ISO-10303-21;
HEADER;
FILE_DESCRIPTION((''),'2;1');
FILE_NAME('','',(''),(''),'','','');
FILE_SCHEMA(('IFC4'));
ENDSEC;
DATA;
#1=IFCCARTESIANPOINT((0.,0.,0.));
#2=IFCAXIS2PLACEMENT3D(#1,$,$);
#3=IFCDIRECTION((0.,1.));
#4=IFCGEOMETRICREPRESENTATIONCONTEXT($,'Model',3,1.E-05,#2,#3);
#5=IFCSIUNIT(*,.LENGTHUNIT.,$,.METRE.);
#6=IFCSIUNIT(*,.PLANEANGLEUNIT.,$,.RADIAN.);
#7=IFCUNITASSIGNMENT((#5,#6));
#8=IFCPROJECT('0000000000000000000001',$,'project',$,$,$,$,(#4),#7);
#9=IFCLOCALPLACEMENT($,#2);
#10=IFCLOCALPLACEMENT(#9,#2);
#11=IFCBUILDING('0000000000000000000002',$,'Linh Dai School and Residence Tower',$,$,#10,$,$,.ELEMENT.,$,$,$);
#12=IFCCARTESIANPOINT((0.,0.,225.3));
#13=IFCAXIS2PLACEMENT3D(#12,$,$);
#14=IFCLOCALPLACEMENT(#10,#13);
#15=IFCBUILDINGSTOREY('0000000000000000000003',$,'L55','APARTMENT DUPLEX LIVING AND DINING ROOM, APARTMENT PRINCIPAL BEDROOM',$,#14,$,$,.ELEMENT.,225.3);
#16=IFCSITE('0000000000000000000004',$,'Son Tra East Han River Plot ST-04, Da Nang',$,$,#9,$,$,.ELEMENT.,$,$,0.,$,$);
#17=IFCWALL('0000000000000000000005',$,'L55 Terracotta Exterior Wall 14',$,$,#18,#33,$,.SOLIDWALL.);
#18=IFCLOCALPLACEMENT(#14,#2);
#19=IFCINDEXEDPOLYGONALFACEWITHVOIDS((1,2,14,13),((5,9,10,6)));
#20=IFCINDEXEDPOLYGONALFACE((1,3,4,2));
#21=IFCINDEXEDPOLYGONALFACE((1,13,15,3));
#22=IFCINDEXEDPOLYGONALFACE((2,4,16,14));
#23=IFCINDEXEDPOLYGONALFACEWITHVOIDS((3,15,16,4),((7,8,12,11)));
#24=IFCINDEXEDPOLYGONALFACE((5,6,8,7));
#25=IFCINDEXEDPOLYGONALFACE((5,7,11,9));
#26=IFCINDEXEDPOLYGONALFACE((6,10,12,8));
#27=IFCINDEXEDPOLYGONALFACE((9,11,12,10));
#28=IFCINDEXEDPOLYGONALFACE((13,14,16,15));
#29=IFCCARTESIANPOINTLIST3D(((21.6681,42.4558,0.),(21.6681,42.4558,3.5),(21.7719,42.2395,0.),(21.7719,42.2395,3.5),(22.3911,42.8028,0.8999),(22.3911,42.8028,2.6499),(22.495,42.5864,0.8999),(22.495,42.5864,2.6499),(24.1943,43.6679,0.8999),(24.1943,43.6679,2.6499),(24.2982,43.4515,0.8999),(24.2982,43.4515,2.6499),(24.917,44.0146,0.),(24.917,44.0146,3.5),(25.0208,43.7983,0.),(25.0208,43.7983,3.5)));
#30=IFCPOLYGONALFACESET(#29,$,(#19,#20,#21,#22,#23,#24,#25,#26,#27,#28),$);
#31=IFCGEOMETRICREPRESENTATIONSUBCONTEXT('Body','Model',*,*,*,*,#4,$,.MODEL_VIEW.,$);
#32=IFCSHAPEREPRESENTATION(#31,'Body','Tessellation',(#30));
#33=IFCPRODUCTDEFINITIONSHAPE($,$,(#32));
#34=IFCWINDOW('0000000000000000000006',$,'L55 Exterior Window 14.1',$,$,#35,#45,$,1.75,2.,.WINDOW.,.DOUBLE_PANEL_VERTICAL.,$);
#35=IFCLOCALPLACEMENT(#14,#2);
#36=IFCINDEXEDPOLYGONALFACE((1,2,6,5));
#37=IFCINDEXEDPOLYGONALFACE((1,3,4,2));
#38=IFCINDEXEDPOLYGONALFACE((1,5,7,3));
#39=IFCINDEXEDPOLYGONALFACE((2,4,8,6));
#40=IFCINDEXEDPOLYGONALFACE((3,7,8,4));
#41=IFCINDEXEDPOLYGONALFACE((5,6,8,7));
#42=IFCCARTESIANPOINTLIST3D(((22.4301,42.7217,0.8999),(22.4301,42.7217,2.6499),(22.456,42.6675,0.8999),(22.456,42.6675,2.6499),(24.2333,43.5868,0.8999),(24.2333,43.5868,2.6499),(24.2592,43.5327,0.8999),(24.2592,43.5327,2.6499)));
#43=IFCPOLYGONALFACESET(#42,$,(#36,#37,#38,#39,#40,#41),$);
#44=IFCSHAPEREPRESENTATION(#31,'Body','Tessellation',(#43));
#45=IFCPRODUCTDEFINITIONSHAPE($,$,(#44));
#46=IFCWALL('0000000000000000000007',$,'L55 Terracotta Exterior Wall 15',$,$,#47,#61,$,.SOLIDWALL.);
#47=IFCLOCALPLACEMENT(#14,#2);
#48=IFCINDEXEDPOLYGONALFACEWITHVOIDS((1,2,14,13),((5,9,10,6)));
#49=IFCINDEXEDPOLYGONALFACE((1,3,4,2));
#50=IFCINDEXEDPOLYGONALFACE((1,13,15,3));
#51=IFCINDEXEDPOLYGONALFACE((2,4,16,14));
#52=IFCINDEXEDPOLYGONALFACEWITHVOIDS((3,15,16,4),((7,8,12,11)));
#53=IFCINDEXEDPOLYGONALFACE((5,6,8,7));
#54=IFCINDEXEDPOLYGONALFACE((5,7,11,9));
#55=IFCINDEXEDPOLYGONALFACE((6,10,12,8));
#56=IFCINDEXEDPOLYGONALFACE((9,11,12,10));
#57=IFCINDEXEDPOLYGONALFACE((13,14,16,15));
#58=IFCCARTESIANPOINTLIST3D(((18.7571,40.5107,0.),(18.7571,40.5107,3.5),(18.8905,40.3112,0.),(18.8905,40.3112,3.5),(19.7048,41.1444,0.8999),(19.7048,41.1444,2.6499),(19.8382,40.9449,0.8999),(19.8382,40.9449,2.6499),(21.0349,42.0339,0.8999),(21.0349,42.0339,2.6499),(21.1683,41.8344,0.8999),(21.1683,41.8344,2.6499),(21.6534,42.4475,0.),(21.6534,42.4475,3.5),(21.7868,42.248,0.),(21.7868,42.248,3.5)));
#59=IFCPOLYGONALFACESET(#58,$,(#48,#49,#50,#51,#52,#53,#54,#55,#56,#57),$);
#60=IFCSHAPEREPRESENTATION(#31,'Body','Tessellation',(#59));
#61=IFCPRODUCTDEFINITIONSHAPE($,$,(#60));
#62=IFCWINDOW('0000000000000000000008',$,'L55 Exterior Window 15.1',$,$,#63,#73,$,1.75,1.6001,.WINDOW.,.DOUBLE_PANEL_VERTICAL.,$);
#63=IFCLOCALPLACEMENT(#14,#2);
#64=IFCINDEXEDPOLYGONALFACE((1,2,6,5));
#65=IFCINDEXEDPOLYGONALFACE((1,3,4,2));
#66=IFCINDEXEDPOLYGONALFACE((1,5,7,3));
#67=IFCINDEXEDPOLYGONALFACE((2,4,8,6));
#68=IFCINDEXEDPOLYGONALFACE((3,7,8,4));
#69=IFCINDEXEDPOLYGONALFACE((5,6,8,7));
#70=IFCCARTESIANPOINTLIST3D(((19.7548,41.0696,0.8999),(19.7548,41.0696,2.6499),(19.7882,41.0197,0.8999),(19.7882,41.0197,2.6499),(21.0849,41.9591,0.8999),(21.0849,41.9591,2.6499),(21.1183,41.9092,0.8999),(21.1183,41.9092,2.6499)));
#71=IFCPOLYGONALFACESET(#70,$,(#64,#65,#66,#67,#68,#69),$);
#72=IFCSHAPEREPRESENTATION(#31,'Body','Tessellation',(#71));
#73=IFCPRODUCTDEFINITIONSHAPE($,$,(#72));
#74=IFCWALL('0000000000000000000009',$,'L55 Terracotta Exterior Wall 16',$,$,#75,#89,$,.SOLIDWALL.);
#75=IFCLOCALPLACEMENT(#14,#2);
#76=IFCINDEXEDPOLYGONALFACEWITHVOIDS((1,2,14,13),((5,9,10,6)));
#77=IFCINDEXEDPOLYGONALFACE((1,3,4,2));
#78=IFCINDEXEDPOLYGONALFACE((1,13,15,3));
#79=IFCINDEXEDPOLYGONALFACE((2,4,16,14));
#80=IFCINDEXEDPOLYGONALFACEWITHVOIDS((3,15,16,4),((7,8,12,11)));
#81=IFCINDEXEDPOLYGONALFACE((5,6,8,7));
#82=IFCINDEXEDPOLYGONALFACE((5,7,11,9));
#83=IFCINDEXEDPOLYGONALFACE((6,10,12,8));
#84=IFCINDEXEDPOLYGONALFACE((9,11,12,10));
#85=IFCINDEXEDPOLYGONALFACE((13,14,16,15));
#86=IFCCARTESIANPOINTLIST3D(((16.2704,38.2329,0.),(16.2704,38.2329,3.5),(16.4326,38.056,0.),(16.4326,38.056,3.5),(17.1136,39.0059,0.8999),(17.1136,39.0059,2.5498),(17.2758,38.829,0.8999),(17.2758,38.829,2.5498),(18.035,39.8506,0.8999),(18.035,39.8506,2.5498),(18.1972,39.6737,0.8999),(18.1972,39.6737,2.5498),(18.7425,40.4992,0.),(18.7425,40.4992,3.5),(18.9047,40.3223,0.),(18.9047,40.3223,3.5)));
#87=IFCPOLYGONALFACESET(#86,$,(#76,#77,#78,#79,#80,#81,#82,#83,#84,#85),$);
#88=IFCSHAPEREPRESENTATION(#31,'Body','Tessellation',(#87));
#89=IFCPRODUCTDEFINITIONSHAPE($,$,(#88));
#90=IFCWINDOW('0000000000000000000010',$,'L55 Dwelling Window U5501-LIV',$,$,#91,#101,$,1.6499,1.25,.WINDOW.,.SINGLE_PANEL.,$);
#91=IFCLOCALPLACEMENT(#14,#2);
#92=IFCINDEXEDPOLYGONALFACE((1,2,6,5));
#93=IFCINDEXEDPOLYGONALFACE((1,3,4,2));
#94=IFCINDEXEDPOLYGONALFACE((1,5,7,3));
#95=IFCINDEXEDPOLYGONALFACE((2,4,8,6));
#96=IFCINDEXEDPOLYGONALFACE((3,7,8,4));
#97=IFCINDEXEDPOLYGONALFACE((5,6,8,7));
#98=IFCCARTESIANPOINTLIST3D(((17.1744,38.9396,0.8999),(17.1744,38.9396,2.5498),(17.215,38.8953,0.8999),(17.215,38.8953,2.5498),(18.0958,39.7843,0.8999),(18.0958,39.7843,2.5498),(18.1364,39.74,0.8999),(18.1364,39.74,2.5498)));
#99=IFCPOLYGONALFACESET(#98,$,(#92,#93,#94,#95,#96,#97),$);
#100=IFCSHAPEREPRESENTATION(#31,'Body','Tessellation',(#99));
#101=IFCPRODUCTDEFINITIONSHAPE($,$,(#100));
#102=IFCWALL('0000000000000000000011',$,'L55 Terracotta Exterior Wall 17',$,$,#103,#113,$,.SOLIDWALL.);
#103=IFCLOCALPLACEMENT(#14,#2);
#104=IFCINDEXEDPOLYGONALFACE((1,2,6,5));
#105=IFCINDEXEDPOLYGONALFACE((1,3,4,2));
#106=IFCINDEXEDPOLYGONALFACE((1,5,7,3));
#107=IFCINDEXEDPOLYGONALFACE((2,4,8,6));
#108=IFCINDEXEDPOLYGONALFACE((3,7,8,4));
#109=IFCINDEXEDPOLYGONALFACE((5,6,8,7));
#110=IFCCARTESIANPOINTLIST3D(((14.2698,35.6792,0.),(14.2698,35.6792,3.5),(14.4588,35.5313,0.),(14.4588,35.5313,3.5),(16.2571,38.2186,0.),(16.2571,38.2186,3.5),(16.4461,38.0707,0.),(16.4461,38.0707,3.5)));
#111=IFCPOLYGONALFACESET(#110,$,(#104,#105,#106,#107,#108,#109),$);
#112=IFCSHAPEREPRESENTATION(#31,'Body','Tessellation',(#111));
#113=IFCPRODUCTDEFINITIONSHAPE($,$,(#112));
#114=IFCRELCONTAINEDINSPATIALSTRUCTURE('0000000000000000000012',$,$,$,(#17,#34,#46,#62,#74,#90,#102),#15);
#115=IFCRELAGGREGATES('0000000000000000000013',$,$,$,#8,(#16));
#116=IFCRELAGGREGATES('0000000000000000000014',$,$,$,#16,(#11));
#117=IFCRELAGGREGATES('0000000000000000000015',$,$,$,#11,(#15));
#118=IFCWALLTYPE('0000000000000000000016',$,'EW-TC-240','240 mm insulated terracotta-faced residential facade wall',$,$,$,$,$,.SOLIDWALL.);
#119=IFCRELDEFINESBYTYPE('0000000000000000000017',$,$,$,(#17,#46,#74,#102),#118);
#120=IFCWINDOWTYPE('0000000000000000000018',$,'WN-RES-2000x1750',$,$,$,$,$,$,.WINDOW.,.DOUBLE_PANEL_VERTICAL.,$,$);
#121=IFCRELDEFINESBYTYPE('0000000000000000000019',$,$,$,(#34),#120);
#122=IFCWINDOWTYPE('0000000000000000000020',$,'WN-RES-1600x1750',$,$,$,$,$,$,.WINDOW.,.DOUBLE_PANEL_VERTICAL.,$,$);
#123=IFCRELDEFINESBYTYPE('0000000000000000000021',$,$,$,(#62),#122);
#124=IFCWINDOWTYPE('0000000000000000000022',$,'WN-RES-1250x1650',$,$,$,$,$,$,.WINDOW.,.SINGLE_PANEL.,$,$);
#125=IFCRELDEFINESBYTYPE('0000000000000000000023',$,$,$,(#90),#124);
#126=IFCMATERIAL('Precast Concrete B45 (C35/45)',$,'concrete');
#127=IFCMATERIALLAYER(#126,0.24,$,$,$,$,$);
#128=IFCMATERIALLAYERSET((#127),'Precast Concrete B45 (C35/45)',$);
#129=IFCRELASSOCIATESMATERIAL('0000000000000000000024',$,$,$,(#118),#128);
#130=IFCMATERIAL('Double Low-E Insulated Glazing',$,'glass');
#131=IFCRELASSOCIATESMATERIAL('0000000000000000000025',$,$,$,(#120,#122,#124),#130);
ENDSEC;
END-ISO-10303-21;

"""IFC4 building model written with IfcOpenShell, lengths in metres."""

from ifc_helpers import new_model, si_unit, direction, frame, frame_2d, origin, origin_2d, place, context, subcontext, project, spatial, rectangle, extrude, source, transform, mapped, material, layer, layer_set, type_object, element, fill, save


model = new_model("IFC4")

# Units and contexts
model_context = context("Model", 3, precision=1e-05, world=origin(), true_north=direction((0.0, 1.0)))
body_context = subcontext(model_context, "Body", "Model", "MODEL_VIEW")
ifc_project = project(units=[si_unit("LENGTHUNIT", "METRE"), si_unit("PLANEANGLEUNIT", "RADIAN")], contexts=[model_context])

# Site, building, storey
site_placement = place(None, origin())
site = spatial("IfcSite", under=ifc_project, at=site_placement, Name="Son Tra East Han River Plot ST-04, Da Nang", CompositionType="ELEMENT", RefElevation=0.0)
building_placement = place(site_placement, origin())
building = spatial("IfcBuilding", under=site, at=building_placement, Name="Linh Dai School and Residence Tower", CompositionType="ELEMENT")
storey_placement = place(building_placement, frame((0.0, 0.0, 225.3)))
storey = spatial("IfcBuildingStorey", under=building, at=storey_placement, Name="L55", Description="APARTMENT DUPLEX LIVING AND DINING ROOM, APARTMENT PRINCIPAL BEDROOM", CompositionType="ELEMENT", Elevation=225.3)

# Shared definitions
ifc_material_1 = material(Name="Precast Concrete B45 (C35/45)", Category="concrete")

# Shared definitions
ifc_layer_1 = layer(ifc_material_1, 0.24)
ifc_layer_set_1 = layer_set([ifc_layer_1], Name="Precast Concrete B45 (C35/45)")
wall_type_1 = type_object("IfcWallType", Name="EW-TC-240", Description="240 mm insulated terracotta-faced residential facade wall", PredefinedType="SOLIDWALL", material=ifc_layer_set_1)

# Walls, openings, windows
wall_1_placement = place(storey_placement, frame((21.72, 42.3477, 0.0), z_axis=(0.0, 0.0, 1.0), x_axis=(0.901598, 0.432575, 0.0)))
wall_1 = element("IfcWall", 1, at=wall_1_placement, inside=storey, type_object=wall_type_1, Name="L55 Terracotta Exterior Wall 14", PredefinedType="SOLIDWALL", context=body_context, shape_type="SweptSolid", body=[
    extrude(rectangle(XDim=3.6035, YDim=0.24, at=frame_2d((1.8018, 0.0))), origin(), (0.0, 0.0, 1.0), 3.5),
])
opening_1_placement = place(wall_1_placement, frame((0.802, 0.0, 0.8999)))
opening_1 = element("IfcOpeningElement", 2, at=opening_1_placement, cuts=wall_1, PredefinedType="OPENING", context=body_context, shape_type="SweptSolid", body=[
    extrude(rectangle(XDim=2.0, YDim=1.75, at=origin_2d()), frame((1.0, 0.1299, 0.875), z_axis=(0.0, -1.0, 0.0), x_axis=(1.0, 0.0, 0.0)), (0.0, 0.0, 1.0), 0.26),
])
ifc_material_2 = material(Name="Double Low-E Insulated Glazing", Category="glass")
window_type_1 = type_object("IfcWindowType", Name="WN-RES-2000x1750", PartitioningType="DOUBLE_PANEL_VERTICAL", PredefinedType="WINDOW", material=ifc_material_2)
shared_shape_1 = source(origin(), body_context, "Body", "SweptSolid", [
    extrude(rectangle(XDim=2.0, YDim=1.75, at=origin_2d()), frame((1.0, 0.03, 0.875), z_axis=(0.0, -1.0, 0.0), x_axis=(1.0, 0.0, 0.0)), (0.0, 0.0, 1.0), 0.0601),
])
window_1_placement = place(opening_1_placement, origin())
window_1 = element("IfcWindow", 3, at=window_1_placement, inside=storey, type_object=window_type_1, Name="L55 Exterior Window 14.1", OverallHeight=1.75, OverallWidth=2.0, PartitioningType="DOUBLE_PANEL_VERTICAL", PredefinedType="WINDOW", context=body_context, shape_type="MappedRepresentation", body=[
    mapped(shared_shape_1, transform((0.0, 0.0, 0.0), x_axis=(1.0, 0.0, 0.0), y_axis=(0.0, 1.0, 0.0), z_axis=(0.0, 0.0, 1.0), scale=1.0)),
])
fill(opening_1, window_1)
wall_2_placement = place(storey_placement, frame((18.8237, 40.4109, 0.0), z_axis=(0.0, 0.0, 1.0), x_axis=(0.831262, 0.55588, 0.0)))
wall_2 = element("IfcWall", 4, at=wall_2_placement, inside=storey, type_object=wall_type_1, Name="L55 Terracotta Exterior Wall 15", PredefinedType="SOLIDWALL", context=body_context, shape_type="SweptSolid", body=[
    extrude(rectangle(XDim=3.4841, YDim=0.24, at=frame_2d((1.7422, 0.0))), origin(), (0.0, 0.0, 1.0), 3.5),
])
opening_2_placement = place(wall_2_placement, frame((1.1401, 0.0, 0.8999)))
opening_2 = element("IfcOpeningElement", 5, at=opening_2_placement, cuts=wall_2, PredefinedType="OPENING", context=body_context, shape_type="SweptSolid", body=[
    extrude(rectangle(XDim=1.6001, YDim=1.75, at=origin_2d()), frame((0.8, 0.1299, 0.875), z_axis=(0.0, -1.0, 0.0), x_axis=(1.0, 0.0, 0.0)), (0.0, 0.0, 1.0), 0.26),
])
window_type_2 = type_object("IfcWindowType", Name="WN-RES-1600x1750", PartitioningType="DOUBLE_PANEL_VERTICAL", PredefinedType="WINDOW", material=ifc_material_2)
shared_shape_2 = source(origin(), body_context, "Body", "SweptSolid", [
    extrude(rectangle(XDim=1.6001, YDim=1.75, at=origin_2d()), frame((0.8, 0.03, 0.875), z_axis=(0.0, -1.0, 0.0), x_axis=(1.0, 0.0, 0.0)), (0.0, 0.0, 1.0), 0.0601),
])
window_2_placement = place(opening_2_placement, origin())
window_2 = element("IfcWindow", 6, at=window_2_placement, inside=storey, type_object=window_type_2, Name="L55 Exterior Window 15.1", OverallHeight=1.75, OverallWidth=1.6001, PartitioningType="DOUBLE_PANEL_VERTICAL", PredefinedType="WINDOW", context=body_context, shape_type="MappedRepresentation", body=[
    mapped(shared_shape_2, transform((0.0, 0.0, 0.0), x_axis=(1.0, 0.0, 0.0), y_axis=(0.0, 1.0, 0.0), z_axis=(0.0, 0.0, 1.0), scale=1.0)),
])
fill(opening_2, window_2)
wall_3_placement = place(storey_placement, frame((16.3516, 38.1445, 0.0), z_axis=(0.0, 0.0, 1.0), x_axis=(0.737124, 0.675758, 0.0)))
wall_3 = element("IfcWall", 7, at=wall_3_placement, inside=storey, type_object=wall_type_1, Name="L55 Terracotta Exterior Wall 16", PredefinedType="SOLIDWALL", context=body_context, shape_type="SweptSolid", body=[
    extrude(rectangle(XDim=3.3538, YDim=0.24, at=frame_2d((1.6768, 0.0))), origin(), (0.0, 0.0, 1.0), 3.5),
])
opening_3_placement = place(wall_3_placement, frame((1.1438, 0.0, 0.8999)))
opening_3 = element("IfcOpeningElement", 8, at=opening_3_placement, cuts=wall_3, PredefinedType="OPENING", context=body_context, shape_type="SweptSolid", body=[
    extrude(rectangle(XDim=1.25, YDim=1.6499, at=origin_2d()), frame((0.625, 0.1299, 0.825), z_axis=(0.0, -1.0, 0.0), x_axis=(1.0, 0.0, 0.0)), (0.0, 0.0, 1.0), 0.26),
])
window_type_3 = type_object("IfcWindowType", Name="WN-RES-1250x1650", PartitioningType="SINGLE_PANEL", PredefinedType="WINDOW", material=ifc_material_2)
shared_shape_3 = source(origin(), body_context, "Body", "SweptSolid", [
    extrude(rectangle(XDim=1.25, YDim=1.6499, at=origin_2d()), frame((0.625, 0.03, 0.825), z_axis=(0.0, -1.0, 0.0), x_axis=(1.0, 0.0, 0.0)), (0.0, 0.0, 1.0), 0.0601),
])
window_3_placement = place(opening_3_placement, origin())
window_3 = element("IfcWindow", 9, at=window_3_placement, inside=storey, type_object=window_type_3, Name="L55 Dwelling Window U5501-LIV", OverallHeight=1.6499, OverallWidth=1.25, PartitioningType="SINGLE_PANEL", PredefinedType="WINDOW", context=body_context, shape_type="MappedRepresentation", body=[
    mapped(shared_shape_3, transform((0.0, 0.0, 0.0), x_axis=(1.0, 0.0, 0.0), y_axis=(0.0, 1.0, 0.0), z_axis=(0.0, 0.0, 1.0), scale=1.0)),
])
fill(opening_3, window_3)

# Wall
wall_4_placement = place(storey_placement, frame((14.3643, 35.6052, 0.0), z_axis=(0.0, 0.0, 1.0), x_axis=(0.616312, 0.787502, 0.0)))
element("IfcWall", 10, at=wall_4_placement, inside=storey, type_object=wall_type_1, Name="L55 Terracotta Exterior Wall 17", PredefinedType="SOLIDWALL", context=body_context, shape_type="SweptSolid", body=[
    extrude(rectangle(XDim=3.2246, YDim=0.24, at=frame_2d((1.6123, 0.0))), origin(), (0.0, 0.0, 1.0), 3.5),
])

save(model, "model.ifc")
